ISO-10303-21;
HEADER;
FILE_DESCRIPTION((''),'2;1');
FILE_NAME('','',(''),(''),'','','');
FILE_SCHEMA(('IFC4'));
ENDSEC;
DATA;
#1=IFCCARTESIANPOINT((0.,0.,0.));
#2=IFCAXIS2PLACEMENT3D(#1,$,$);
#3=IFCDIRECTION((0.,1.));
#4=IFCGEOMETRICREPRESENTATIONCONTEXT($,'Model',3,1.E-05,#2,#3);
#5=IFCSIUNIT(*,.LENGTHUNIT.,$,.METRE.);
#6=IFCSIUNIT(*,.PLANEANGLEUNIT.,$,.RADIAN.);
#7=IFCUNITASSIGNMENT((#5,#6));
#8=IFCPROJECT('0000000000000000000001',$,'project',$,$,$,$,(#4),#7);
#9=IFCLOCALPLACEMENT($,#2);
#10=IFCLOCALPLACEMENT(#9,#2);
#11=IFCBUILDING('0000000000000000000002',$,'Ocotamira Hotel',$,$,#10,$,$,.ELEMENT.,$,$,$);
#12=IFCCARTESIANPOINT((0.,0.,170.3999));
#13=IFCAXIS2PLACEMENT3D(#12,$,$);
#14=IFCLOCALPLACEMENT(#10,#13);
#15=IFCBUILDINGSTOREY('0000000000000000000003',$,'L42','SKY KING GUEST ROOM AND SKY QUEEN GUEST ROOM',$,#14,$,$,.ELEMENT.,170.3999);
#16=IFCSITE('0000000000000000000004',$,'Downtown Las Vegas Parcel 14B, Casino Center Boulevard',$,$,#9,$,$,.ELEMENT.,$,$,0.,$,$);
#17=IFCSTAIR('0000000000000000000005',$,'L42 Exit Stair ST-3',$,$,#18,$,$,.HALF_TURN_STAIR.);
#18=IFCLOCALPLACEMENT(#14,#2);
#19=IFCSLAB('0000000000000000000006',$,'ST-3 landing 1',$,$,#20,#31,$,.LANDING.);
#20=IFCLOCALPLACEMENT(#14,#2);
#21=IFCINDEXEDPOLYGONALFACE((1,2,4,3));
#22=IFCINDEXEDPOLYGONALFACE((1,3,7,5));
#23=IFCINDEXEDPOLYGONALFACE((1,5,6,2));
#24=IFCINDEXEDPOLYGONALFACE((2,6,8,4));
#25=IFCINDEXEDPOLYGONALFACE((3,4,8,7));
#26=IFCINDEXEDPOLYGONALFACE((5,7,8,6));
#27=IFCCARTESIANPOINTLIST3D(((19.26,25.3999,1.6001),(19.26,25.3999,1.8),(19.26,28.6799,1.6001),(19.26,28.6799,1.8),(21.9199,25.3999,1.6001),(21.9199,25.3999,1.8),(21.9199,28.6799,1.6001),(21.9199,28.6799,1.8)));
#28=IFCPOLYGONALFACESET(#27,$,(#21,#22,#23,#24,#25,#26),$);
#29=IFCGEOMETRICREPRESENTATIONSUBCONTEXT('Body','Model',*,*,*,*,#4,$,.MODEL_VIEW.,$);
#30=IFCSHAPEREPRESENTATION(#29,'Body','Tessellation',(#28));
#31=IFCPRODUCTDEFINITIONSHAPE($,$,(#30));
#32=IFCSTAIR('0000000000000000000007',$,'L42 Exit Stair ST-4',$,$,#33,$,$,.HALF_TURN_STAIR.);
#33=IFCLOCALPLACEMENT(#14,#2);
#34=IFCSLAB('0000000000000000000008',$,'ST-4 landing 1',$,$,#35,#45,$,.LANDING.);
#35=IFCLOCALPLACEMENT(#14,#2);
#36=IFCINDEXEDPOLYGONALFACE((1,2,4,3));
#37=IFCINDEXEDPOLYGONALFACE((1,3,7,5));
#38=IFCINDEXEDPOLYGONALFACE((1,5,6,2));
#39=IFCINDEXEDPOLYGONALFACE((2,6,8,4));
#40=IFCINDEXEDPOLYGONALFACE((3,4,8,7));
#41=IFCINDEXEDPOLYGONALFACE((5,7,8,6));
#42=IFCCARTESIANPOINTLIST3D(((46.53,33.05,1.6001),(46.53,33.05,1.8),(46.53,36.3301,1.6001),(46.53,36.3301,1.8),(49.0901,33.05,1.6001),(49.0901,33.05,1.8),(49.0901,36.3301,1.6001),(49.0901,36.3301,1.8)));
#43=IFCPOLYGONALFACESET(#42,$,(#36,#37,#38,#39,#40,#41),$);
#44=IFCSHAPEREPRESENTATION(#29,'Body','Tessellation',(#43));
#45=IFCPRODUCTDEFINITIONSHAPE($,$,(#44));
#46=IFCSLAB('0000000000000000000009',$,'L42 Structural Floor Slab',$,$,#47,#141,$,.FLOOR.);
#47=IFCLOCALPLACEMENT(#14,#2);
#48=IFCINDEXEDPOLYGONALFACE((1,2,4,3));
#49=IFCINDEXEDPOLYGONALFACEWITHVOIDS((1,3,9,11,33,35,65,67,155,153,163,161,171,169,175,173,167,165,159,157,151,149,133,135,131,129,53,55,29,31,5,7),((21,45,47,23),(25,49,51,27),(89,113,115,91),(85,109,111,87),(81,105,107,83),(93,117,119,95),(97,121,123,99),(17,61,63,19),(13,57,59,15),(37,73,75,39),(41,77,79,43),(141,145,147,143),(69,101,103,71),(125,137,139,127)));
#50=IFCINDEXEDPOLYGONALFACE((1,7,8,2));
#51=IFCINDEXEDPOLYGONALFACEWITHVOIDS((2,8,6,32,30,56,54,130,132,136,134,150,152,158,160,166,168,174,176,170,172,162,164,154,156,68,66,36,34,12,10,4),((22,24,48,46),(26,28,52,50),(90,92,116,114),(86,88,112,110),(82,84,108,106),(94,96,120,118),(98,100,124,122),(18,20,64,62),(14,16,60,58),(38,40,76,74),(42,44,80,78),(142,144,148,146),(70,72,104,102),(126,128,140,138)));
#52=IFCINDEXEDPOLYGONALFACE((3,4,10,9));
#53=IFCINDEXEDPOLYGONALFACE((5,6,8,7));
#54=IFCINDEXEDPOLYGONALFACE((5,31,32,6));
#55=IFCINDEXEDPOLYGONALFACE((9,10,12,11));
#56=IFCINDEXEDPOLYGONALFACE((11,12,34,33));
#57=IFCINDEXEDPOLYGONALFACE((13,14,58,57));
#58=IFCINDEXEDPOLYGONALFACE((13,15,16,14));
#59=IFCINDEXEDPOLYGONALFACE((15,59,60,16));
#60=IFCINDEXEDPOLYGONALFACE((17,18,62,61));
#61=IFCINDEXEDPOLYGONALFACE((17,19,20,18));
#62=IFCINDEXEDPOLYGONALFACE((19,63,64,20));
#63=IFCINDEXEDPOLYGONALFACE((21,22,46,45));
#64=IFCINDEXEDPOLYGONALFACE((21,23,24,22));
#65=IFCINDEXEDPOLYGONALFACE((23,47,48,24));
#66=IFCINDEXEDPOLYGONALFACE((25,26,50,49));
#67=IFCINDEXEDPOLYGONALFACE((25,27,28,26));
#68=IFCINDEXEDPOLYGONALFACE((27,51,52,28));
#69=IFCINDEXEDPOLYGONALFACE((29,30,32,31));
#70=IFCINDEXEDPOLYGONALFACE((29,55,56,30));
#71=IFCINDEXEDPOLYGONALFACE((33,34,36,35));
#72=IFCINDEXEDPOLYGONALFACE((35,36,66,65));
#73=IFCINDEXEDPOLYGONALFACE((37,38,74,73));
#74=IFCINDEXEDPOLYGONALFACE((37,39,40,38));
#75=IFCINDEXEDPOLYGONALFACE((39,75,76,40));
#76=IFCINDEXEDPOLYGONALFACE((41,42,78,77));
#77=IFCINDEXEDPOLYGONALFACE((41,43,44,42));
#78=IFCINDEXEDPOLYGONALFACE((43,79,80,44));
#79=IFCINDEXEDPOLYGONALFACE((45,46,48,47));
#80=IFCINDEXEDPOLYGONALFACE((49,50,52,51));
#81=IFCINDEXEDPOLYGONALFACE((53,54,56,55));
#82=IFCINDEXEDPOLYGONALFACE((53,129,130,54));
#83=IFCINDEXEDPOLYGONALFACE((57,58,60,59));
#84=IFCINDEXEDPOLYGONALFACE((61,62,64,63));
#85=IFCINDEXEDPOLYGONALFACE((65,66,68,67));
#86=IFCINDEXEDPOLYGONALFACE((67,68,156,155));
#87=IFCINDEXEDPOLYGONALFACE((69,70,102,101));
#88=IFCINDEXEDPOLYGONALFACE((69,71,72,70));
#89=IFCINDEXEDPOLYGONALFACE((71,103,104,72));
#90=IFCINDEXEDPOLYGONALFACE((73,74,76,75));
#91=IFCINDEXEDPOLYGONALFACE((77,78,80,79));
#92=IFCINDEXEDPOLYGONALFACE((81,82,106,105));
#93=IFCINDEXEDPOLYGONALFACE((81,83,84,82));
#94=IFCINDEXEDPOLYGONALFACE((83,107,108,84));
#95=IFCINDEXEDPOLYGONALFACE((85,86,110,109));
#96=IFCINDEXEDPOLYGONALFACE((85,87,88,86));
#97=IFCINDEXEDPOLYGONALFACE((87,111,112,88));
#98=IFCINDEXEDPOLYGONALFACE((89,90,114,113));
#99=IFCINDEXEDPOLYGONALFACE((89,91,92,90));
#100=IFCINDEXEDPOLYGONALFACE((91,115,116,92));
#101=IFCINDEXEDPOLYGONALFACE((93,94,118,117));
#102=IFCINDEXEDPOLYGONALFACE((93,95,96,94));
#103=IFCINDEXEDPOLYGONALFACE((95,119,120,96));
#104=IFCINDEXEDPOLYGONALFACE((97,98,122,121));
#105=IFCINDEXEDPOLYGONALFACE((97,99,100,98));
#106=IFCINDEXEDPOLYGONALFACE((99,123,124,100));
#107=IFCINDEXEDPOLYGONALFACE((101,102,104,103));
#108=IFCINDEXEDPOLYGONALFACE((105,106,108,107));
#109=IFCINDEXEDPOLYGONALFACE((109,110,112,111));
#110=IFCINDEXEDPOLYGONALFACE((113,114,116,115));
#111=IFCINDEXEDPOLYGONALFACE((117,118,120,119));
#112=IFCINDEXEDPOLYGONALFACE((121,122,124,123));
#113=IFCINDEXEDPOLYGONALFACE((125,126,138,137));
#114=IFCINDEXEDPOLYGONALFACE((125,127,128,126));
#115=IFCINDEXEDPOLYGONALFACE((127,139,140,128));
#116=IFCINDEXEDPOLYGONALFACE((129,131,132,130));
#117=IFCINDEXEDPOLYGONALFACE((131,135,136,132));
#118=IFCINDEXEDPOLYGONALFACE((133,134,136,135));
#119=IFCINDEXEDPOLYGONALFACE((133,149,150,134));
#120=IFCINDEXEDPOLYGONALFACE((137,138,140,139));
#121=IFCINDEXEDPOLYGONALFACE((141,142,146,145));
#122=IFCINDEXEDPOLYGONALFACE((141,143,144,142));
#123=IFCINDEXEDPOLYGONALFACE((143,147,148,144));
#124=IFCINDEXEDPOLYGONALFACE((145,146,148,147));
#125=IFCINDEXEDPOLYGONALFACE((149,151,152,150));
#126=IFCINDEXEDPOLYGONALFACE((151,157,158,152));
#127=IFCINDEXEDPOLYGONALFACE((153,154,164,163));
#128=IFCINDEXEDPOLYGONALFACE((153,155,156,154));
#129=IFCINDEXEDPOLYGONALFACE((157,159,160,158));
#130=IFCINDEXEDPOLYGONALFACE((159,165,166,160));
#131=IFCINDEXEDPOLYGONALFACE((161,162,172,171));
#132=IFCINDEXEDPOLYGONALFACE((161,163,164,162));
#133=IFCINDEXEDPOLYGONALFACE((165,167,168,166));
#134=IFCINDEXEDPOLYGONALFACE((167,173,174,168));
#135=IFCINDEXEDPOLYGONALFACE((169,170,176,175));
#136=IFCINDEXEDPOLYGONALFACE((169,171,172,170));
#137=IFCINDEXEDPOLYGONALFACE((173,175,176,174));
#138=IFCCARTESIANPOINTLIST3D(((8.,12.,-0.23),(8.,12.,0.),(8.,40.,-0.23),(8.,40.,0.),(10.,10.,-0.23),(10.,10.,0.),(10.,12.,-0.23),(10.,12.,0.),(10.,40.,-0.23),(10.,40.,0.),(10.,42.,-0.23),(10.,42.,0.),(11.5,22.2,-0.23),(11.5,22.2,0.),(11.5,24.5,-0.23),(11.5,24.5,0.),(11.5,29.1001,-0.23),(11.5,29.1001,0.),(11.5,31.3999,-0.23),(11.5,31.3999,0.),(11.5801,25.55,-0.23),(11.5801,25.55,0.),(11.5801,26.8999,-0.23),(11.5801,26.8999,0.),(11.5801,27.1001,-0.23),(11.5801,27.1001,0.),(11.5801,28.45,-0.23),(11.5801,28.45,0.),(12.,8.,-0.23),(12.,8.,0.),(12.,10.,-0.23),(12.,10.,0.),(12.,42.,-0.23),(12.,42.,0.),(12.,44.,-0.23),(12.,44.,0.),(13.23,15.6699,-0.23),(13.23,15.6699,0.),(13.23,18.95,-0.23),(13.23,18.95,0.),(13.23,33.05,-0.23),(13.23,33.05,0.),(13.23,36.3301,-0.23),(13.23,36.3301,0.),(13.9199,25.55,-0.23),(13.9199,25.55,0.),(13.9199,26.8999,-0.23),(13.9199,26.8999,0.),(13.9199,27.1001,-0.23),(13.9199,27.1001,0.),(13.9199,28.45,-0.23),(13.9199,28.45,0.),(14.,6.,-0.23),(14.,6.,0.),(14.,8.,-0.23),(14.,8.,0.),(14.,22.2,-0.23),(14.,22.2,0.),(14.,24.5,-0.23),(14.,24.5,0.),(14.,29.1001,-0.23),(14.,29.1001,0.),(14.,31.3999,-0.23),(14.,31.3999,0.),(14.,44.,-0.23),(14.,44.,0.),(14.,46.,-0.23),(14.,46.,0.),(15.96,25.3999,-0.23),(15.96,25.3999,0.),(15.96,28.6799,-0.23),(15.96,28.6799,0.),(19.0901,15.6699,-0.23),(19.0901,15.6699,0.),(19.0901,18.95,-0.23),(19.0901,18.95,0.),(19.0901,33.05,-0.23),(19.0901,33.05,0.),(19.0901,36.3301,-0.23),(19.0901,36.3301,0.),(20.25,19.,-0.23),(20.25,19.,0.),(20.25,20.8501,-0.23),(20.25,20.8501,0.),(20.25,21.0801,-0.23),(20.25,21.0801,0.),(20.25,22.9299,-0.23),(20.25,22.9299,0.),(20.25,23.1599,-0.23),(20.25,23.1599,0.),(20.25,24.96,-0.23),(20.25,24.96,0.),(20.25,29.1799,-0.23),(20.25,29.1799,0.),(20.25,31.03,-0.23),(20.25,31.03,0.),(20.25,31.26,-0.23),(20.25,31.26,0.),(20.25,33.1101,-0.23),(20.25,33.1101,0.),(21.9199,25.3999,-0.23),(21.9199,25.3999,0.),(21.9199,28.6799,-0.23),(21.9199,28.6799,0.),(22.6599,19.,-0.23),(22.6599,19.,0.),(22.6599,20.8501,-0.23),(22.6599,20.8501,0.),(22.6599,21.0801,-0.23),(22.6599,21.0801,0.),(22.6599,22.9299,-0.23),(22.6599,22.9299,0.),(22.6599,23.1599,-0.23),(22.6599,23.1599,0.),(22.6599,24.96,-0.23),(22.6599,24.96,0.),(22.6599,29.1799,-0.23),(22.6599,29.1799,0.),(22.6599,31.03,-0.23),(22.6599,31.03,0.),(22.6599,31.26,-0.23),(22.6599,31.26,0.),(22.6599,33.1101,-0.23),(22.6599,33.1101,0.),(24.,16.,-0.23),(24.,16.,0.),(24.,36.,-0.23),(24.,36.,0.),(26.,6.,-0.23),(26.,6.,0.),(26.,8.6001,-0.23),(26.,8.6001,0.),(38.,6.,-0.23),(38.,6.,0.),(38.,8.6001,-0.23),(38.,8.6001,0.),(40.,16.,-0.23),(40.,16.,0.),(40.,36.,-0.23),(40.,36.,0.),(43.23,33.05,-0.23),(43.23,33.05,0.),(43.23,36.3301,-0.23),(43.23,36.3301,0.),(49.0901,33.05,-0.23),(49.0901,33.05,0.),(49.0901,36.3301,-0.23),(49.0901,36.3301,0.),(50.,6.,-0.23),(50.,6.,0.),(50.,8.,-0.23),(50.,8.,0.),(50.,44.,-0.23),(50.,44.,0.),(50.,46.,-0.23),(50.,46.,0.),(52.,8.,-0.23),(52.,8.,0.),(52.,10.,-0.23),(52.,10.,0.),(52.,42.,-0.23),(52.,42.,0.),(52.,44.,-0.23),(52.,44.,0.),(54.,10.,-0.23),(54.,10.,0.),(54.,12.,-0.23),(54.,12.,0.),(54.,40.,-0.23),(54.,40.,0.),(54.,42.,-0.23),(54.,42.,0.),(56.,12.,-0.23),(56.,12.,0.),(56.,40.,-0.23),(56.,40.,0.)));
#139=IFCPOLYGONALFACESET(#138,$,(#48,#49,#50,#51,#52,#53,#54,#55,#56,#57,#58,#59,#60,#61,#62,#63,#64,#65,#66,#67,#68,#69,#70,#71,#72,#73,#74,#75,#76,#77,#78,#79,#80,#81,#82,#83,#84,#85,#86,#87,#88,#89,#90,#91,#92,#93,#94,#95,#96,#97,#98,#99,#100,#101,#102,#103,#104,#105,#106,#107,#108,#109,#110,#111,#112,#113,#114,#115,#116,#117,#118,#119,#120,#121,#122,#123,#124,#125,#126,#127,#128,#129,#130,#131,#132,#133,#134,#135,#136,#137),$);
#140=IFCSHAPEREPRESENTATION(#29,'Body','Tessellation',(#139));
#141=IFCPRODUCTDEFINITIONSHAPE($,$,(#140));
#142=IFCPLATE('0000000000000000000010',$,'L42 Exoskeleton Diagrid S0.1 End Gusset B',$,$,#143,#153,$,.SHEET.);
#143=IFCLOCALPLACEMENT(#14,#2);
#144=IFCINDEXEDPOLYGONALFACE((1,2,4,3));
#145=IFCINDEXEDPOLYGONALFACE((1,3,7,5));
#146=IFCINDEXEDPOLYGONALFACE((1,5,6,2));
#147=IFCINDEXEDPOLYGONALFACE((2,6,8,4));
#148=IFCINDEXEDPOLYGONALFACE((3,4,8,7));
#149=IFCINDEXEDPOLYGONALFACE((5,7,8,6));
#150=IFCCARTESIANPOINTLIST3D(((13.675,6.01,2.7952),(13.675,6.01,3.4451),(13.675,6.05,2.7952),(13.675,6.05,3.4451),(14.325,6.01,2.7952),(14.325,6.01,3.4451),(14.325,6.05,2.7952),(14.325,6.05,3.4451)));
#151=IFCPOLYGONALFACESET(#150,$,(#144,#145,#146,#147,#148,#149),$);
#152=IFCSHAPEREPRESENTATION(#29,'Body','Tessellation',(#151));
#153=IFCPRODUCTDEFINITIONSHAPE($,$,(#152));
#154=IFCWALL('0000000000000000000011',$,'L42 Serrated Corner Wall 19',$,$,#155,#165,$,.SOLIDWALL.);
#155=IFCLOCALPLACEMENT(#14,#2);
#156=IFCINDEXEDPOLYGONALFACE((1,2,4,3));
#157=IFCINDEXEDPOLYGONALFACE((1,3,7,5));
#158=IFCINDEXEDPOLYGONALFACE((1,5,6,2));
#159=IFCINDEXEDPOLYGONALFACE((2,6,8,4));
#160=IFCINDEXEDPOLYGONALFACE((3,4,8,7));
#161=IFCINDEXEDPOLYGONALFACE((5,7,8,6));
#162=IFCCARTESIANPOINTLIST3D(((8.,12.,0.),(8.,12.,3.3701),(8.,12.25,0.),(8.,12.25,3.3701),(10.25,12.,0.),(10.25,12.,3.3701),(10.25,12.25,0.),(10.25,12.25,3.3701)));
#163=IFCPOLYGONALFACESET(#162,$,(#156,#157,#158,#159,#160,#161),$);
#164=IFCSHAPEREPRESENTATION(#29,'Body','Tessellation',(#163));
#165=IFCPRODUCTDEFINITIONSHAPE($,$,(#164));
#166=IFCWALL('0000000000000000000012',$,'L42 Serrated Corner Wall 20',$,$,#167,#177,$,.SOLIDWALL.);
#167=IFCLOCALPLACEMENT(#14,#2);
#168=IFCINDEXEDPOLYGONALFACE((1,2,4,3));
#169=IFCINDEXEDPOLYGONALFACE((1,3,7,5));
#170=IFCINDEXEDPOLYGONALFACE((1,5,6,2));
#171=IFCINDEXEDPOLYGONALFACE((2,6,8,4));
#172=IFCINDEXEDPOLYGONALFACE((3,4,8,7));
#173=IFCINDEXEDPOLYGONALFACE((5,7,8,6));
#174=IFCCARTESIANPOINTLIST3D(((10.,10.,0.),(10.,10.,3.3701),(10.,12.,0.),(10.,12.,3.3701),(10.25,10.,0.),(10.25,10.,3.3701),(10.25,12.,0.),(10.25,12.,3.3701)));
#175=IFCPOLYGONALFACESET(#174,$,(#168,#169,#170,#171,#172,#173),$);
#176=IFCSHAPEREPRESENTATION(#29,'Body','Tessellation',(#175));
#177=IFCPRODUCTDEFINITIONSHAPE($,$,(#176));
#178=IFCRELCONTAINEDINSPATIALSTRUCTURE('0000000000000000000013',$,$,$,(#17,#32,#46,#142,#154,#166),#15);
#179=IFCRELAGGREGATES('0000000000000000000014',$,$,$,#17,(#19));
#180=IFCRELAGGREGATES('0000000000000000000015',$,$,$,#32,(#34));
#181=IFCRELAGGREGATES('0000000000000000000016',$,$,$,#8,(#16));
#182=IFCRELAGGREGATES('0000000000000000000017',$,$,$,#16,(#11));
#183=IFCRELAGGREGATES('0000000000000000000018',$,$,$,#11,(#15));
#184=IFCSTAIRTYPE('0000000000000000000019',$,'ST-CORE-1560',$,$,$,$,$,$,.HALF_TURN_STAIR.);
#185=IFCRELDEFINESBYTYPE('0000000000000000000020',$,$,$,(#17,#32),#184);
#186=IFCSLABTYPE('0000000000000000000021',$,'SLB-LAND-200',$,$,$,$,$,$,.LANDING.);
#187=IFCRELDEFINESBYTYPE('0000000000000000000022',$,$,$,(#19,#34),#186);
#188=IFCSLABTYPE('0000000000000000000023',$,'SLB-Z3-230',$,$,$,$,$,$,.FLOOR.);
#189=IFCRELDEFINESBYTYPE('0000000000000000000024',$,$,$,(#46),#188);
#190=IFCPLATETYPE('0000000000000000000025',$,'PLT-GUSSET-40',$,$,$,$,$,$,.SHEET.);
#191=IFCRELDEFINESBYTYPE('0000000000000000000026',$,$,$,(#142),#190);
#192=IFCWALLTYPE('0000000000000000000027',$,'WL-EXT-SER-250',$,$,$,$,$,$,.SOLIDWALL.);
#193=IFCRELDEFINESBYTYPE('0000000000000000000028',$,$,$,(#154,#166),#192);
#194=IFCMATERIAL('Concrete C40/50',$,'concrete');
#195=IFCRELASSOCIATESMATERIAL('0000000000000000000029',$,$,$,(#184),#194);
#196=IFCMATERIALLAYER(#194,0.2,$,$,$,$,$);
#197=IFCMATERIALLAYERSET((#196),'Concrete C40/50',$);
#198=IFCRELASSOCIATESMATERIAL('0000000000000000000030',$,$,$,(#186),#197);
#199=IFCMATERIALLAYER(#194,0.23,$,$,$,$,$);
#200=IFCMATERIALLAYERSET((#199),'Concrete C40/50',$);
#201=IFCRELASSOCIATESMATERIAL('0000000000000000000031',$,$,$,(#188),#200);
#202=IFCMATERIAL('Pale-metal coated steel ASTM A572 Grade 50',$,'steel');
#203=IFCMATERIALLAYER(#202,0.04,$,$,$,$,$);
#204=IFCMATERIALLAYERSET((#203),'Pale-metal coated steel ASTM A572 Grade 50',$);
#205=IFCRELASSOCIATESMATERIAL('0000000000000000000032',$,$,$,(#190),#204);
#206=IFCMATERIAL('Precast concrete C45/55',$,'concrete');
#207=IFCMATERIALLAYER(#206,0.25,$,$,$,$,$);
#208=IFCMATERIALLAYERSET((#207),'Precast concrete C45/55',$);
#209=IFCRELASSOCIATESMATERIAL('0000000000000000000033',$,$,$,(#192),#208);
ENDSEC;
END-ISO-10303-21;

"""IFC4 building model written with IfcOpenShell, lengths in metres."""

from ifc_helpers import new_model, si_unit, direction, frame, frame_2d, origin, origin_2d, place, context, subcontext, project, spatial, polyline, rectangle, outline, extrude, source, transform, mapped, material, layer, layer_set, type_object, element, aggregate, save


model = new_model("IFC4")

# Units and contexts
model_context = context("Model", 3, precision=1e-05, world=origin(), true_north=direction((0.0, 1.0)))
body_context = subcontext(model_context, "Body", "Model", "MODEL_VIEW")
ifc_project = project(units=[si_unit("LENGTHUNIT", "METRE"), si_unit("PLANEANGLEUNIT", "RADIAN")], contexts=[model_context])

# Site, building, storey
site_placement = place(None, origin())
site = spatial("IfcSite", under=ifc_project, at=site_placement, Name="Downtown Las Vegas Parcel 14B, Casino Center Boulevard", CompositionType="ELEMENT", RefElevation=0.0)
building_placement = place(site_placement, origin())
building = spatial("IfcBuilding", under=site, at=building_placement, Name="Ocotamira Hotel", CompositionType="ELEMENT")
storey_placement = place(building_placement, frame((0.0, 0.0, 170.3999)))
storey = spatial("IfcBuildingStorey", under=building, at=storey_placement, Name="L42", Description="SKY KING GUEST ROOM AND SKY QUEEN GUEST ROOM", CompositionType="ELEMENT", Elevation=170.3999)

# Shared definitions
ifc_material_1 = material(Name="Concrete C40/50", Category="concrete")

# Stairs, slabs
stair_type = type_object("IfcStairType", Name="ST-CORE-1560", PredefinedType="HALF_TURN_STAIR", material=ifc_material_1)
ifc_layer_1 = layer(ifc_material_1, 0.2)
ifc_layer_set_1 = layer_set([ifc_layer_1], Name="Concrete C40/50")
slab_type_1 = type_object("IfcSlabType", Name="SLB-LAND-200", PredefinedType="LANDING", material=ifc_layer_set_1)
stair_1_placement = place(storey_placement, origin())
stair_1 = element("IfcStair", 1, at=stair_1_placement, inside=storey, type_object=stair_type, Name="L42 Exit Stair ST-3", PredefinedType="HALF_TURN_STAIR")
slab_1_placement = place(storey_placement, frame((0.0, 0.0, 1.6001)))
slab_1 = element("IfcSlab", 2, at=slab_1_placement, type_object=slab_type_1, Name="ST-3 landing 1", PredefinedType="LANDING", context=body_context, shape_type="SweptSolid", body=[
    extrude(outline(polyline([(19.26, 25.3999), (21.9199, 25.3999), (21.9199, 28.6799), (19.26, 28.6799), (19.26, 25.3999)])), origin(), (0.0, 0.0, 1.0), 0.2),
])
aggregate(stair_1, [slab_1])
stair_2_placement = place(storey_placement, origin())
stair_2 = element("IfcStair", 3, at=stair_2_placement, inside=storey, type_object=stair_type, Name="L42 Exit Stair ST-4", PredefinedType="HALF_TURN_STAIR")
slab_2_placement = place(storey_placement, frame((0.0, 0.0, 1.6001)))
slab_2 = element("IfcSlab", 4, at=slab_2_placement, type_object=slab_type_1, Name="ST-4 landing 1", PredefinedType="LANDING", context=body_context, shape_type="SweptSolid", body=[
    extrude(outline(polyline([(46.53, 33.05), (49.0901, 33.05), (49.0901, 36.3301), (46.53, 36.3301), (46.53, 33.05)])), origin(), (0.0, 0.0, 1.0), 0.2),
])
aggregate(stair_2, [slab_2])

# Slab
ifc_layer_2 = layer(ifc_material_1, 0.23)
ifc_layer_set_2 = layer_set([ifc_layer_2], Name="Concrete C40/50")
slab_type_2 = type_object("IfcSlabType", Name="SLB-Z3-230", PredefinedType="FLOOR", material=ifc_layer_set_2)
slab_3_placement = place(storey_placement, frame((0.0, 0.0, -0.23)))
element("IfcSlab", 5, at=slab_3_placement, inside=storey, type_object=slab_type_2, Name="L42 Structural Floor Slab", PredefinedType="FLOOR", context=body_context, shape_type="SweptSolid", body=[
    extrude(outline(polyline([(14.0, 6.0), (14.0, 8.0), (12.0, 8.0), (12.0, 10.0), (10.0, 10.0), (10.0, 12.0), (8.0, 12.0), (8.0, 40.0), (10.0, 40.0), (10.0, 42.0), (12.0, 42.0), (12.0, 44.0), (14.0, 44.0), (14.0, 46.0), (50.0, 46.0), (50.0, 44.0), (52.0, 44.0), (52.0, 42.0), (54.0, 42.0), (54.0, 40.0), (56.0, 40.0), (56.0, 12.0), (54.0, 12.0), (54.0, 10.0), (52.0, 10.0), (52.0, 8.0), (50.0, 8.0), (50.0, 6.0), (38.0, 6.0), (38.0, 8.6001), (26.0, 8.6001), (26.0, 6.0), (14.0, 6.0)]), holes=[polyline([(24.0, 16.0), (40.0, 16.0), (40.0, 36.0), (24.0, 36.0), (24.0, 16.0)]), polyline([(13.23, 15.6699), (19.0901, 15.6699), (19.0901, 18.95), (13.23, 18.95), (13.23, 15.6699)]), polyline([(13.23, 33.05), (19.0901, 33.05), (19.0901, 36.3301), (13.23, 36.3301), (13.23, 33.05)]), polyline([(15.96, 25.3999), (21.9199, 25.3999), (21.9199, 28.6799), (15.96, 28.6799), (15.96, 25.3999)]), polyline([(43.23, 33.05), (49.0901, 33.05), (49.0901, 36.3301), (43.23, 36.3301), (43.23, 33.05)]), polyline([(20.25, 19.0), (22.6599, 19.0), (22.6599, 20.8501), (20.25, 20.8501), (20.25, 19.0)]), polyline([(20.25, 21.0801), (22.6599, 21.0801), (22.6599, 22.9299), (20.25, 22.9299), (20.25, 21.0801)]), polyline([(20.25, 23.1599), (22.6599, 23.1599), (22.6599, 24.96), (20.25, 24.96), (20.25, 23.1599)]), polyline([(20.25, 29.1799), (22.6599, 29.1799), (22.6599, 31.03), (20.25, 31.03), (20.25, 29.1799)]), polyline([(20.25, 31.26), (22.6599, 31.26), (22.6599, 33.1101), (20.25, 33.1101), (20.25, 31.26)]), polyline([(11.5, 22.2), (14.0, 22.2), (14.0, 24.5), (11.5, 24.5), (11.5, 22.2)]), polyline([(11.5, 29.1001), (14.0, 29.1001), (14.0, 31.3999), (11.5, 31.3999), (11.5, 29.1001)]), polyline([(11.5801, 25.55), (13.9199, 25.55), (13.9199, 26.8999), (11.5801, 26.8999), (11.5801, 25.55)]), polyline([(11.5801, 27.1001), (13.9199, 27.1001), (13.9199, 28.45), (11.5801, 28.45), (11.5801, 27.1001)])]), origin(), (0.0, 0.0, 1.0), 0.23),
])

# Plate
ifc_material_2 = material(Name="Pale-metal coated steel ASTM A572 Grade 50", Category="steel")
ifc_layer_3 = layer(ifc_material_2, 0.04)
ifc_layer_set_3 = layer_set([ifc_layer_3], Name="Pale-metal coated steel ASTM A572 Grade 50")
plate_type = type_object("IfcPlateType", Name="PLT-GUSSET-40", PredefinedType="SHEET", material=ifc_layer_set_3)
shared_shape_1 = source(origin(), body_context, "Body", "SweptSolid", [
    extrude(rectangle(XDim=0.6499, YDim=0.04, at=origin_2d()), origin(), (0.0, 0.0, 1.0), 0.6499),
])
plate_placement = place(storey_placement, frame((14.0, 6.03, 2.7952), z_axis=(0.0, 0.0, 1.0), x_axis=(-1.0, 0.0, 0.0)))
element("IfcPlate", 6, at=plate_placement, inside=storey, type_object=plate_type, Name="L42 Exoskeleton Diagrid S0.1 End Gusset B", PredefinedType="SHEET", context=body_context, shape_type="MappedRepresentation", body=[
    mapped(shared_shape_1, transform((0.0, 0.0, 0.0), scale=1.0)),
])

# Walls
ifc_material_3 = material(Name="Precast concrete C45/55", Category="concrete")
ifc_layer_4 = layer(ifc_material_3, 0.25)
ifc_layer_set_4 = layer_set([ifc_layer_4], Name="Precast concrete C45/55")
wall_type_1 = type_object("IfcWallType", Name="WL-EXT-SER-250", PredefinedType="SOLIDWALL", material=ifc_layer_set_4)
wall_1_placement = place(storey_placement, frame((8.0, 12.125, 0.0), z_axis=(0.0, 0.0, 1.0), x_axis=(1.0, 0.0, 0.0)))
element("IfcWall", 7, at=wall_1_placement, inside=storey, type_object=wall_type_1, Name="L42 Serrated Corner Wall 19", PredefinedType="SOLIDWALL", context=body_context, shape_type="SweptSolid", body=[
    extrude(rectangle(XDim=2.25, YDim=0.25, at=frame_2d((1.125, 0.0))), origin(), (0.0, 0.0, 1.0), 3.3701),
])
for number, where, z_axis, x_axis, name in (
    (8, (10.125, 12.0, 0.0), (0.0, 0.0, 1.0), (0.0, -1.0, 0.0), "L42 Serrated Corner Wall 20"),
):
    element("IfcWall", number, at=place(storey_placement, frame(where, z_axis=z_axis, x_axis=x_axis)), inside=storey, type_object=wall_type_1, Name=name, PredefinedType="SOLIDWALL", context=body_context, shape_type="SweptSolid", body=[
        extrude(rectangle(XDim=2.0, YDim=0.25, at=frame_2d((1.0, 0.0))), origin(), (0.0, 0.0, 1.0), 3.3701),
    ])

save(model, "model.ifc")
